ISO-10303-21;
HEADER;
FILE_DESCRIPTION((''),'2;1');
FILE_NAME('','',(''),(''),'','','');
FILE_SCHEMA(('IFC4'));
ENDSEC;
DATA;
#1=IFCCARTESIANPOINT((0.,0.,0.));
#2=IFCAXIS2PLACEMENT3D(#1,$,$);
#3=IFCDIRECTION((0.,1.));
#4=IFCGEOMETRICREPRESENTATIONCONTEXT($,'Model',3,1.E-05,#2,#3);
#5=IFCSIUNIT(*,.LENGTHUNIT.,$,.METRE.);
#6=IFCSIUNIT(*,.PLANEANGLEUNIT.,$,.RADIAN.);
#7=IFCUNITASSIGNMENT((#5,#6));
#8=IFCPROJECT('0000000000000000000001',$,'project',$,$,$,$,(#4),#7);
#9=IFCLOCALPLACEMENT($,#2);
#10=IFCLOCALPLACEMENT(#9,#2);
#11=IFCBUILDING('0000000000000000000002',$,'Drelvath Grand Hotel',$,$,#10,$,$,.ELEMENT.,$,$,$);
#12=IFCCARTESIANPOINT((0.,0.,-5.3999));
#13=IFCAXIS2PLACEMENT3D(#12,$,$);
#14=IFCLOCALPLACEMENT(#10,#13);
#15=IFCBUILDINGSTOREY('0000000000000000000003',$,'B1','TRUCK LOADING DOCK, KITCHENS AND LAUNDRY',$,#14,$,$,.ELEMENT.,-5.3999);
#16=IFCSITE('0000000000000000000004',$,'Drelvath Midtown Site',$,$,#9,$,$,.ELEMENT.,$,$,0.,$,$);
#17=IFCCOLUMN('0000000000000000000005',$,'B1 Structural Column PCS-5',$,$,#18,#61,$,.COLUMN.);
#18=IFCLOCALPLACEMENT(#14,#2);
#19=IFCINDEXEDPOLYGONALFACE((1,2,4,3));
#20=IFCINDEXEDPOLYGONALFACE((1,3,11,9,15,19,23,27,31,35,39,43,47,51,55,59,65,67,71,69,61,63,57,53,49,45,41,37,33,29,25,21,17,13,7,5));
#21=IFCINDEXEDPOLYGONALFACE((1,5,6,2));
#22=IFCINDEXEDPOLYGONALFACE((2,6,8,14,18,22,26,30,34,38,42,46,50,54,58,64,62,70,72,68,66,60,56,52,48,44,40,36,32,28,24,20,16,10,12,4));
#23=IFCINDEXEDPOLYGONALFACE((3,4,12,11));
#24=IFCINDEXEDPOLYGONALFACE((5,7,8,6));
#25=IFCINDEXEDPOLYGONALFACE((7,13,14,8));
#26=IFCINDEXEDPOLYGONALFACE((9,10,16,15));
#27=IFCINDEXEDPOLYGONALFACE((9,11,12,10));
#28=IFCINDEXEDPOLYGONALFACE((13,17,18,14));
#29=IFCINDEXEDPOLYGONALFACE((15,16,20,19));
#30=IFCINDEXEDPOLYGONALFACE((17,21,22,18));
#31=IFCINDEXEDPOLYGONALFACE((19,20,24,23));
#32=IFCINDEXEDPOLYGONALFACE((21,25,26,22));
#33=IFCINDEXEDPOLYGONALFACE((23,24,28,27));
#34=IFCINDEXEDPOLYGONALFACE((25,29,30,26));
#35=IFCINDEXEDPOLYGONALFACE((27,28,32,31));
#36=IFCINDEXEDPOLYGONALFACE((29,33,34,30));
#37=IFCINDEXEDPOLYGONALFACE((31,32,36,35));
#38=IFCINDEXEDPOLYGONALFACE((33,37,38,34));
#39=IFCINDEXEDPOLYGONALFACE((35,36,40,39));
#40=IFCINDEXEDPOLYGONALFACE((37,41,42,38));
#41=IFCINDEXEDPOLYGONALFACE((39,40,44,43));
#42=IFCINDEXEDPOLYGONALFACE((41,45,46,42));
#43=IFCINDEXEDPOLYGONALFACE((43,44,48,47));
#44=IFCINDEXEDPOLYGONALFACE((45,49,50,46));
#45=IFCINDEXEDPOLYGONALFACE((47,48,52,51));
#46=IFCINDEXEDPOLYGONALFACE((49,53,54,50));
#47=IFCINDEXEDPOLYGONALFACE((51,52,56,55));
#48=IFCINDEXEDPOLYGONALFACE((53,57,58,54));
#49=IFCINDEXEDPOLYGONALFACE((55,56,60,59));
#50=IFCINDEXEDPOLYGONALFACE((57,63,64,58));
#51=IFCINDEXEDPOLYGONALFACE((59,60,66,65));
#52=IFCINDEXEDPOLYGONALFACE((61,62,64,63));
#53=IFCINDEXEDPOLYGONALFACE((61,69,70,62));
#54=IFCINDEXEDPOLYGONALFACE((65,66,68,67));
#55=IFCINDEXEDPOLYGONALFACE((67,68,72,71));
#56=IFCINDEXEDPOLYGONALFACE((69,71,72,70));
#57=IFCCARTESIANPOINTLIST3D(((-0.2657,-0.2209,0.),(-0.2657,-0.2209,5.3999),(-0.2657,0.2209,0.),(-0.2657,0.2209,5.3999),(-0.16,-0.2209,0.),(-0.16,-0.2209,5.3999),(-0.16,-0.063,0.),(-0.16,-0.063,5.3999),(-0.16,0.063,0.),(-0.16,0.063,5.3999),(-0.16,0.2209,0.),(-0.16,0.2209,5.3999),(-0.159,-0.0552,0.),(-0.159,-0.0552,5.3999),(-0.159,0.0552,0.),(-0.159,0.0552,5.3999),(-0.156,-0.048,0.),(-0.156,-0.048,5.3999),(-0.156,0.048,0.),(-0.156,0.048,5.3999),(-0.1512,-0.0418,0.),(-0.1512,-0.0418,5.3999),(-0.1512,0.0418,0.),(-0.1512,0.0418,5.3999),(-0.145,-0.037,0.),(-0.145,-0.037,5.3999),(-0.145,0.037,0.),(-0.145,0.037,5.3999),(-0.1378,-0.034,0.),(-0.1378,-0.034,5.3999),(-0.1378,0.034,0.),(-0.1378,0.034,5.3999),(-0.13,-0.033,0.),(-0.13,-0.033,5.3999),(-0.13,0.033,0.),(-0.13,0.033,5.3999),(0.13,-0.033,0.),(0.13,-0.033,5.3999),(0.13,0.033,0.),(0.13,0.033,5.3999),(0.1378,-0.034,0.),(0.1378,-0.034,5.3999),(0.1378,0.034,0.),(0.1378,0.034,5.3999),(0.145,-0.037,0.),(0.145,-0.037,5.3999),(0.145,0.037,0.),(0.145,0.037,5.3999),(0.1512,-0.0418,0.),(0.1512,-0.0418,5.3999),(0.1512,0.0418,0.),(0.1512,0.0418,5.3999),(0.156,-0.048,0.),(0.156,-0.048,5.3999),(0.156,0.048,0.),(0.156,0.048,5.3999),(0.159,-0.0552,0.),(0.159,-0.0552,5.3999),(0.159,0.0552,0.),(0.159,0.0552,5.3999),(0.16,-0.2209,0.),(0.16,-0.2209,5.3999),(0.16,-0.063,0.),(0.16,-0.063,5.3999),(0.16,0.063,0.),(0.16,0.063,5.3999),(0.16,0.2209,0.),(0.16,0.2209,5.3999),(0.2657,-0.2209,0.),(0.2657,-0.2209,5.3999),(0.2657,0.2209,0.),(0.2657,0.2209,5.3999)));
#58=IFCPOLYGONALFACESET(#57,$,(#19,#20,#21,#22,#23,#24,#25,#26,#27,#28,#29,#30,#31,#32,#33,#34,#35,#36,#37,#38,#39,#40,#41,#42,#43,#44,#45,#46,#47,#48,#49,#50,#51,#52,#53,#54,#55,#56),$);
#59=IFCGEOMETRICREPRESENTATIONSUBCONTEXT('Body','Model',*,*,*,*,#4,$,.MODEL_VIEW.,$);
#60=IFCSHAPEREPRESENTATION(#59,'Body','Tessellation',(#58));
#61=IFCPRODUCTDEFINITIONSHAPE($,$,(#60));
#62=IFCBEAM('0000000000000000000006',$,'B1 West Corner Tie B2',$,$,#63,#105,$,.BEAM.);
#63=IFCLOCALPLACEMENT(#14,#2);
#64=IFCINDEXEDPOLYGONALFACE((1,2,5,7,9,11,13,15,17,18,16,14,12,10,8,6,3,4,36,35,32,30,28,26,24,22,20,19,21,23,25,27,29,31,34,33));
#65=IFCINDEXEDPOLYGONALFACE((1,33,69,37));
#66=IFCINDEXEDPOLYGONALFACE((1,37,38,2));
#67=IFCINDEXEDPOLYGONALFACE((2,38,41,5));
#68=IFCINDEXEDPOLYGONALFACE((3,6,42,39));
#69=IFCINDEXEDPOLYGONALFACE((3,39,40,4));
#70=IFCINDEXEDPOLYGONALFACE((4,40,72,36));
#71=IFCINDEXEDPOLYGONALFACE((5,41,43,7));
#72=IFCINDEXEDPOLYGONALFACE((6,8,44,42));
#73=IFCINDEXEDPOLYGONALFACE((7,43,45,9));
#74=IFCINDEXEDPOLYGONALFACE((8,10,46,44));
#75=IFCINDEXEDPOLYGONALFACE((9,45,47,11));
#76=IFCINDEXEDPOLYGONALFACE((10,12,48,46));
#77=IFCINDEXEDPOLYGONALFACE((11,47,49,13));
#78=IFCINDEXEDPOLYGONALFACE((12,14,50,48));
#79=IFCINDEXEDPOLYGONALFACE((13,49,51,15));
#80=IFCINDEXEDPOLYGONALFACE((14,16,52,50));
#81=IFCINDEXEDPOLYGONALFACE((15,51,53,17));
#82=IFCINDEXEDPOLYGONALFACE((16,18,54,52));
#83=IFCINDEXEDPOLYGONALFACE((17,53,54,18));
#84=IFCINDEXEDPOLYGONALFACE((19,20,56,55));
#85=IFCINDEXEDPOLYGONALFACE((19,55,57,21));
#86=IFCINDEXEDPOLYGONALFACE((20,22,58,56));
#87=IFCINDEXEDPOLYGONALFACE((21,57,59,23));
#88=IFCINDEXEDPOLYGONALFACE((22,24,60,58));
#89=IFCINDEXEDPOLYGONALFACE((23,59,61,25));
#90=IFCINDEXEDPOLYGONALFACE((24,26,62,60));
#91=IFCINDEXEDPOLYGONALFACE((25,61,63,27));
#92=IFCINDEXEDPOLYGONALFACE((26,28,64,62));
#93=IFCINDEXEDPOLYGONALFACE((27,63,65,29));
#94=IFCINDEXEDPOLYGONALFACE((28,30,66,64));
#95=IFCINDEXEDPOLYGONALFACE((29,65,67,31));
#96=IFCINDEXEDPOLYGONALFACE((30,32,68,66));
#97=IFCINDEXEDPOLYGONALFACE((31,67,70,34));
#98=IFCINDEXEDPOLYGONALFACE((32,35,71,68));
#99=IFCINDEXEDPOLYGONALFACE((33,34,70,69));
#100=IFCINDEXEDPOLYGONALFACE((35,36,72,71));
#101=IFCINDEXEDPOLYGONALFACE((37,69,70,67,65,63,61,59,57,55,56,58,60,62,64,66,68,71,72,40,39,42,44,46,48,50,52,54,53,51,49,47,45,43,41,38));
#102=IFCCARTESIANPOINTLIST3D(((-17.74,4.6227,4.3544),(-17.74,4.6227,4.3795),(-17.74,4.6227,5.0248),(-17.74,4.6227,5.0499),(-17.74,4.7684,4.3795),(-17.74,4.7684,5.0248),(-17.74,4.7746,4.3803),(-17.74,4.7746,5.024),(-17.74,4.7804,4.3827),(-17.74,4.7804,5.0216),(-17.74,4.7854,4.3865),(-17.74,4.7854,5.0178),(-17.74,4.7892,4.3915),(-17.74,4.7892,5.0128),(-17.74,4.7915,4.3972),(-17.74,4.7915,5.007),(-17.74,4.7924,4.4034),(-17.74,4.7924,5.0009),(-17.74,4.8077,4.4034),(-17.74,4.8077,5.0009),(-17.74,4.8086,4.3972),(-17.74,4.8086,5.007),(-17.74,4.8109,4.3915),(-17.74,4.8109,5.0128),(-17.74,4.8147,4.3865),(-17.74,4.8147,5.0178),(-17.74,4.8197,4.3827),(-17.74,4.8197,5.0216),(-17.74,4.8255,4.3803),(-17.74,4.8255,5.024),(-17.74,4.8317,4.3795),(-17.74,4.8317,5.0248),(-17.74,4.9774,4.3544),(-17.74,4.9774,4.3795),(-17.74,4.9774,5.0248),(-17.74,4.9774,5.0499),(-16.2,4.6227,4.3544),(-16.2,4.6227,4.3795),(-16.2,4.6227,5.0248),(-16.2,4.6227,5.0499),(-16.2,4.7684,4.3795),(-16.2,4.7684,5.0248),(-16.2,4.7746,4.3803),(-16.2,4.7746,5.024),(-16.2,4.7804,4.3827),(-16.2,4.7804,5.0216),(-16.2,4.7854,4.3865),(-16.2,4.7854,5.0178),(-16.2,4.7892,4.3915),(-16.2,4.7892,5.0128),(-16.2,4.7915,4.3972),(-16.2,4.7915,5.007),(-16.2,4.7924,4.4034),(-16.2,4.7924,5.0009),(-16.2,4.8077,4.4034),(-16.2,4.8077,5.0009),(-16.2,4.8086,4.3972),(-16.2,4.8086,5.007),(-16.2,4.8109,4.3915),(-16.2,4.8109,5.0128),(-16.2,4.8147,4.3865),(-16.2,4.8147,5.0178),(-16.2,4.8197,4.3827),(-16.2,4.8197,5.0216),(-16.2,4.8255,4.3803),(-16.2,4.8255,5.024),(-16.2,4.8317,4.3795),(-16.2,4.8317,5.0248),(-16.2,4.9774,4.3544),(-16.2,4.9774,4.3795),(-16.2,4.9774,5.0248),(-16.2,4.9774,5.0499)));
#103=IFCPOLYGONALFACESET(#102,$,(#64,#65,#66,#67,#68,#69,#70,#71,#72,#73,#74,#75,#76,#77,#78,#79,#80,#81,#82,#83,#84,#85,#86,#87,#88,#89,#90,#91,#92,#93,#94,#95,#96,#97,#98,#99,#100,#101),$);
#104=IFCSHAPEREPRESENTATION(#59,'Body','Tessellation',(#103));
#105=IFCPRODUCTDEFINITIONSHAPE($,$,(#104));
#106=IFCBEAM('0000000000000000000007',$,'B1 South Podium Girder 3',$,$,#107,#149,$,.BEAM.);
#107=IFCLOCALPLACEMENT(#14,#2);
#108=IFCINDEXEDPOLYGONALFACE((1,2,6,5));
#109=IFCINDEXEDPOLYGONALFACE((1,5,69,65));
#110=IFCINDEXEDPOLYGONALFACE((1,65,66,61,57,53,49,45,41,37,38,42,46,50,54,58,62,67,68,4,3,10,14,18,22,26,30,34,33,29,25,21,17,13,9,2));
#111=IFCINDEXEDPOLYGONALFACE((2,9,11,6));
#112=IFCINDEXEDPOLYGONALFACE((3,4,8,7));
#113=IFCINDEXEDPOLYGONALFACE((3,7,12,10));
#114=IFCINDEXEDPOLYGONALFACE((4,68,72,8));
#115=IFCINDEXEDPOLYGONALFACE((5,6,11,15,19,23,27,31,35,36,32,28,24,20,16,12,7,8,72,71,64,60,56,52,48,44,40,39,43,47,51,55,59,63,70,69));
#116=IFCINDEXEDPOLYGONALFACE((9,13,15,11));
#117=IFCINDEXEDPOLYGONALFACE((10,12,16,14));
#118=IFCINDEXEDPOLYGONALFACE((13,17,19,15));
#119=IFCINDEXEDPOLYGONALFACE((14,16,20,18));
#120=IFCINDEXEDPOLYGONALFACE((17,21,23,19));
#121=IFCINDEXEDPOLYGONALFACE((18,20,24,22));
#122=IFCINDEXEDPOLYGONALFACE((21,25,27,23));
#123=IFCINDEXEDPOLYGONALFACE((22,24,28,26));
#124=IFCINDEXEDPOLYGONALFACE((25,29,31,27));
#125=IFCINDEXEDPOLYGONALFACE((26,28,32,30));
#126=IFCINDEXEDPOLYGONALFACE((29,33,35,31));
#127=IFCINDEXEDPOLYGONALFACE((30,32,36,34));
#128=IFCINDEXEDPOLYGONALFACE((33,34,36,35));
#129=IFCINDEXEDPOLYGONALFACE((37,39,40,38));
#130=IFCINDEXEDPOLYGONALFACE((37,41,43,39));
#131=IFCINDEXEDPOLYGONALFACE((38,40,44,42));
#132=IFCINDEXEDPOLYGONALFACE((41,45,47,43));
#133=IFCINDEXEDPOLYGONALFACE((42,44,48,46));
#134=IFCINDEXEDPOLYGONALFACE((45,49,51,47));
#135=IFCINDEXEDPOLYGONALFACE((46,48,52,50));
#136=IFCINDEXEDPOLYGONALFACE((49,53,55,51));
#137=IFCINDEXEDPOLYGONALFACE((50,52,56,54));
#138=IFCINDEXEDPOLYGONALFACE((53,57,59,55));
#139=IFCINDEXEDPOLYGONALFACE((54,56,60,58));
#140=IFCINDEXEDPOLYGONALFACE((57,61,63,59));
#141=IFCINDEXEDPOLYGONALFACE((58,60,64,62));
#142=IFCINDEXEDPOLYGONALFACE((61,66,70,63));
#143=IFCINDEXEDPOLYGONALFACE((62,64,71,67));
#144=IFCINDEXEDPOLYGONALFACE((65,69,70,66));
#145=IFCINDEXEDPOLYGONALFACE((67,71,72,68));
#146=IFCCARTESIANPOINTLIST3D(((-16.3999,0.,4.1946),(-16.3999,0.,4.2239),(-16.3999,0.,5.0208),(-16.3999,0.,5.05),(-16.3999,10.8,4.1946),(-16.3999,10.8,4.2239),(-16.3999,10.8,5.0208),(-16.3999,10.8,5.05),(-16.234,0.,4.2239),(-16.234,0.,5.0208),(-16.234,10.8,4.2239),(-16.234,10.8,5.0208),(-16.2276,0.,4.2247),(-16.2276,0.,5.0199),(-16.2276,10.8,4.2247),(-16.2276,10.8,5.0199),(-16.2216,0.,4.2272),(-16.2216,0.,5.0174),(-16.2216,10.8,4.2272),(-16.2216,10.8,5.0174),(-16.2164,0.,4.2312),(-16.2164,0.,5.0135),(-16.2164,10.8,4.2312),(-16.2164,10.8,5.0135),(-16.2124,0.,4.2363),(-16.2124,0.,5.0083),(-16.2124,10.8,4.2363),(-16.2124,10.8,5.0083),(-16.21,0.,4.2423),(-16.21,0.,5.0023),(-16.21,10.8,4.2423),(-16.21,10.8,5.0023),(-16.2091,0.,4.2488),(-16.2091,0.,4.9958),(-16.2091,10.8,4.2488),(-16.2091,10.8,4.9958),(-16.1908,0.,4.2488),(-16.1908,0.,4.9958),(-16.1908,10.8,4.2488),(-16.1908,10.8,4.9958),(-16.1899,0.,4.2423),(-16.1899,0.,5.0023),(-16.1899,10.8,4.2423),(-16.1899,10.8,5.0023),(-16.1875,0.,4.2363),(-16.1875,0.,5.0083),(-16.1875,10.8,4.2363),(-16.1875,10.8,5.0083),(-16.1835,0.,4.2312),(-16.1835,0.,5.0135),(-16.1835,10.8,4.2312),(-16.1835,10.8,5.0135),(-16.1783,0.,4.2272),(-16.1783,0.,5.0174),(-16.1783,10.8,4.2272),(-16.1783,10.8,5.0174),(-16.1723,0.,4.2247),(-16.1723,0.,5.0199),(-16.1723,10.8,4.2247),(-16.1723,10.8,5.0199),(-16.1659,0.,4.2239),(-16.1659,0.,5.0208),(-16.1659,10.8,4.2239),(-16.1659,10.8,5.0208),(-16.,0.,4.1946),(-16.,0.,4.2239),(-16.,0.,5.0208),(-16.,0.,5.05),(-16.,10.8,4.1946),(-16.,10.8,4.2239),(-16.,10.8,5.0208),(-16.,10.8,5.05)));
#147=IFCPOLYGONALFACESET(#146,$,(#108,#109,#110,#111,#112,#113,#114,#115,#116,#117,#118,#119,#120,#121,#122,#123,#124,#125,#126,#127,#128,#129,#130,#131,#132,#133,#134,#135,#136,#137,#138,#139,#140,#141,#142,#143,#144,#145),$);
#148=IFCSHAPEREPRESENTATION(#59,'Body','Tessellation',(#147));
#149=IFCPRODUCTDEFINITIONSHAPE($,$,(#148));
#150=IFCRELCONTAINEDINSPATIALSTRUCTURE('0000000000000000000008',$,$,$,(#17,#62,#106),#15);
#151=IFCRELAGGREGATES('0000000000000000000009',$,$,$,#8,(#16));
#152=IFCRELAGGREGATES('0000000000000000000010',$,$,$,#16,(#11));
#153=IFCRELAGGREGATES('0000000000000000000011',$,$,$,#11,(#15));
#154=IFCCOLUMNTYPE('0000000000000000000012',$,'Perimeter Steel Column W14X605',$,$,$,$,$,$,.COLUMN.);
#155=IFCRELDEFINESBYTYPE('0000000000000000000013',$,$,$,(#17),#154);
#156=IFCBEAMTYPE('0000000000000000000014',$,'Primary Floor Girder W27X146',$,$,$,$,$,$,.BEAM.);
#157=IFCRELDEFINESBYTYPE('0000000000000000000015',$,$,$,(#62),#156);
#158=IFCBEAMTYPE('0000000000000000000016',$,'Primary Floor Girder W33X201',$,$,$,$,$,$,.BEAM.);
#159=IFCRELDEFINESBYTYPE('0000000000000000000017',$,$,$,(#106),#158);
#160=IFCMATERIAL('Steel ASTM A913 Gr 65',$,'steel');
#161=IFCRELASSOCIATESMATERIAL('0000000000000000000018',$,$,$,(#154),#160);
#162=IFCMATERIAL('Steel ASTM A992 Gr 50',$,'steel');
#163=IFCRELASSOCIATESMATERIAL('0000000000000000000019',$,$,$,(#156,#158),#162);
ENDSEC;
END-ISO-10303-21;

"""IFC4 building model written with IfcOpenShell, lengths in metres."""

from ifc_helpers import new_model, si_unit, direction, frame, origin, origin_2d, place, context, subcontext, project, spatial, i_section, extrude, material, material_profile, profile_set, type_object, element, save


model = new_model("IFC4")

# Units and contexts
model_context = context("Model", 3, precision=1e-05, world=origin(), true_north=direction((0.0, 1.0)))
body_context = subcontext(model_context, "Body", "Model", "MODEL_VIEW")
ifc_project = project(units=[si_unit("LENGTHUNIT", "METRE"), si_unit("PLANEANGLEUNIT", "RADIAN")], contexts=[model_context])

# Site, building, storey
site_placement = place(None, origin())
site = spatial("IfcSite", under=ifc_project, at=site_placement, Name="Drelvath Midtown Site", CompositionType="ELEMENT", RefElevation=0.0)
building_placement = place(site_placement, origin())
building = spatial("IfcBuilding", under=site, at=building_placement, Name="Drelvath Grand Hotel", CompositionType="ELEMENT")
storey_placement = place(building_placement, frame((0.0, 0.0, -5.3999)))
storey = spatial("IfcBuildingStorey", under=building, at=storey_placement, Name="B1", Description="TRUCK LOADING DOCK, KITCHENS AND LAUNDRY", CompositionType="ELEMENT", Elevation=-5.3999)

# Column
ifc_material_1 = material(Name="Steel ASTM A913 Gr 65", Category="steel")
ifc_material_profile_1 = material_profile(ifc_material_1, i_section(OverallWidth=0.4419, OverallDepth=0.5315, WebThickness=0.0659, FlangeThickness=0.1057, FilletRadius=0.03, at=origin_2d()), Name="W14X605")
ifc_profile_set_1 = profile_set([ifc_material_profile_1], Name="Steel ASTM A913 Gr 65")
column_type_1 = type_object("IfcColumnType", Name="Perimeter Steel Column W14X605", PredefinedType="COLUMN", material=ifc_profile_set_1)
for number, where, z_axis, x_axis, name in (
    (1, (0.0, 0.0, 0.0), (0.0, 0.0, 1.0), (0.0, 1.0, 0.0), "B1 Structural Column PCS-5"),
):
    element("IfcColumn", number, at=place(storey_placement, frame(where, z_axis=z_axis, x_axis=x_axis)), inside=storey, type_object=column_type_1, Name=name, PredefinedType="COLUMN", context=body_context, shape_type="SweptSolid", body=[
        extrude(i_section(OverallWidth=0.4419, OverallDepth=0.5315, WebThickness=0.0659, FlangeThickness=0.1057, FilletRadius=0.03, at=origin_2d()), origin(), (0.0, 0.0, 1.0), 5.3999),
    ])

# Beams
ifc_material_2 = material(Name="Steel ASTM A992 Gr 50", Category="steel")
ifc_material_profile_2 = material_profile(ifc_material_2, i_section(OverallWidth=0.3547, OverallDepth=0.6956, WebThickness=0.0154, FlangeThickness=0.0251, FilletRadius=0.0239, at=origin_2d()), Name="W27X146")
ifc_profile_set_2 = profile_set([ifc_material_profile_2], Name="Steel ASTM A992 Gr 50")
beam_type_1 = type_object("IfcBeamType", Name="Primary Floor Girder W27X146", PredefinedType="BEAM", material=ifc_profile_set_2)
beam_1_placement = place(storey_placement, frame((-17.74, 4.8, 4.7021), z_axis=(1.0, 0.0, 0.0), x_axis=(0.0, 1.0, 0.0)))
element("IfcBeam", 2, at=beam_1_placement, inside=storey, type_object=beam_type_1, Name="B1 West Corner Tie B2", PredefinedType="BEAM", context=body_context, shape_type="SweptSolid", body=[
    extrude(i_section(OverallWidth=0.3547, OverallDepth=0.6956, WebThickness=0.0154, FlangeThickness=0.0251, FilletRadius=0.0239, at=origin_2d()), origin(), (0.0, 0.0, 1.0), 1.54),
])
ifc_material_profile_3 = material_profile(ifc_material_2, i_section(OverallWidth=0.3999, OverallDepth=0.8555, WebThickness=0.0183, FlangeThickness=0.0293, FilletRadius=0.0249, at=origin_2d()), Name="W33X201")
ifc_profile_set_3 = profile_set([ifc_material_profile_3], Name="Steel ASTM A992 Gr 50")
beam_type_2 = type_object("IfcBeamType", Name="Primary Floor Girder W33X201", PredefinedType="BEAM", material=ifc_profile_set_3)
beam_2_placement = place(storey_placement, frame((-16.2, 0.0, 4.6223), z_axis=(0.0, 1.0, 0.0), x_axis=(-1.0, 0.0, 0.0)))
element("IfcBeam", 3, at=beam_2_placement, inside=storey, type_object=beam_type_2, Name="B1 South Podium Girder 3", PredefinedType="BEAM", context=body_context, shape_type="SweptSolid", body=[
    extrude(i_section(OverallWidth=0.3999, OverallDepth=0.8555, WebThickness=0.0183, FlangeThickness=0.0293, FilletRadius=0.0249, at=origin_2d()), origin(), (0.0, 0.0, 1.0), 10.8),
])

save(model, "model.ifc")
